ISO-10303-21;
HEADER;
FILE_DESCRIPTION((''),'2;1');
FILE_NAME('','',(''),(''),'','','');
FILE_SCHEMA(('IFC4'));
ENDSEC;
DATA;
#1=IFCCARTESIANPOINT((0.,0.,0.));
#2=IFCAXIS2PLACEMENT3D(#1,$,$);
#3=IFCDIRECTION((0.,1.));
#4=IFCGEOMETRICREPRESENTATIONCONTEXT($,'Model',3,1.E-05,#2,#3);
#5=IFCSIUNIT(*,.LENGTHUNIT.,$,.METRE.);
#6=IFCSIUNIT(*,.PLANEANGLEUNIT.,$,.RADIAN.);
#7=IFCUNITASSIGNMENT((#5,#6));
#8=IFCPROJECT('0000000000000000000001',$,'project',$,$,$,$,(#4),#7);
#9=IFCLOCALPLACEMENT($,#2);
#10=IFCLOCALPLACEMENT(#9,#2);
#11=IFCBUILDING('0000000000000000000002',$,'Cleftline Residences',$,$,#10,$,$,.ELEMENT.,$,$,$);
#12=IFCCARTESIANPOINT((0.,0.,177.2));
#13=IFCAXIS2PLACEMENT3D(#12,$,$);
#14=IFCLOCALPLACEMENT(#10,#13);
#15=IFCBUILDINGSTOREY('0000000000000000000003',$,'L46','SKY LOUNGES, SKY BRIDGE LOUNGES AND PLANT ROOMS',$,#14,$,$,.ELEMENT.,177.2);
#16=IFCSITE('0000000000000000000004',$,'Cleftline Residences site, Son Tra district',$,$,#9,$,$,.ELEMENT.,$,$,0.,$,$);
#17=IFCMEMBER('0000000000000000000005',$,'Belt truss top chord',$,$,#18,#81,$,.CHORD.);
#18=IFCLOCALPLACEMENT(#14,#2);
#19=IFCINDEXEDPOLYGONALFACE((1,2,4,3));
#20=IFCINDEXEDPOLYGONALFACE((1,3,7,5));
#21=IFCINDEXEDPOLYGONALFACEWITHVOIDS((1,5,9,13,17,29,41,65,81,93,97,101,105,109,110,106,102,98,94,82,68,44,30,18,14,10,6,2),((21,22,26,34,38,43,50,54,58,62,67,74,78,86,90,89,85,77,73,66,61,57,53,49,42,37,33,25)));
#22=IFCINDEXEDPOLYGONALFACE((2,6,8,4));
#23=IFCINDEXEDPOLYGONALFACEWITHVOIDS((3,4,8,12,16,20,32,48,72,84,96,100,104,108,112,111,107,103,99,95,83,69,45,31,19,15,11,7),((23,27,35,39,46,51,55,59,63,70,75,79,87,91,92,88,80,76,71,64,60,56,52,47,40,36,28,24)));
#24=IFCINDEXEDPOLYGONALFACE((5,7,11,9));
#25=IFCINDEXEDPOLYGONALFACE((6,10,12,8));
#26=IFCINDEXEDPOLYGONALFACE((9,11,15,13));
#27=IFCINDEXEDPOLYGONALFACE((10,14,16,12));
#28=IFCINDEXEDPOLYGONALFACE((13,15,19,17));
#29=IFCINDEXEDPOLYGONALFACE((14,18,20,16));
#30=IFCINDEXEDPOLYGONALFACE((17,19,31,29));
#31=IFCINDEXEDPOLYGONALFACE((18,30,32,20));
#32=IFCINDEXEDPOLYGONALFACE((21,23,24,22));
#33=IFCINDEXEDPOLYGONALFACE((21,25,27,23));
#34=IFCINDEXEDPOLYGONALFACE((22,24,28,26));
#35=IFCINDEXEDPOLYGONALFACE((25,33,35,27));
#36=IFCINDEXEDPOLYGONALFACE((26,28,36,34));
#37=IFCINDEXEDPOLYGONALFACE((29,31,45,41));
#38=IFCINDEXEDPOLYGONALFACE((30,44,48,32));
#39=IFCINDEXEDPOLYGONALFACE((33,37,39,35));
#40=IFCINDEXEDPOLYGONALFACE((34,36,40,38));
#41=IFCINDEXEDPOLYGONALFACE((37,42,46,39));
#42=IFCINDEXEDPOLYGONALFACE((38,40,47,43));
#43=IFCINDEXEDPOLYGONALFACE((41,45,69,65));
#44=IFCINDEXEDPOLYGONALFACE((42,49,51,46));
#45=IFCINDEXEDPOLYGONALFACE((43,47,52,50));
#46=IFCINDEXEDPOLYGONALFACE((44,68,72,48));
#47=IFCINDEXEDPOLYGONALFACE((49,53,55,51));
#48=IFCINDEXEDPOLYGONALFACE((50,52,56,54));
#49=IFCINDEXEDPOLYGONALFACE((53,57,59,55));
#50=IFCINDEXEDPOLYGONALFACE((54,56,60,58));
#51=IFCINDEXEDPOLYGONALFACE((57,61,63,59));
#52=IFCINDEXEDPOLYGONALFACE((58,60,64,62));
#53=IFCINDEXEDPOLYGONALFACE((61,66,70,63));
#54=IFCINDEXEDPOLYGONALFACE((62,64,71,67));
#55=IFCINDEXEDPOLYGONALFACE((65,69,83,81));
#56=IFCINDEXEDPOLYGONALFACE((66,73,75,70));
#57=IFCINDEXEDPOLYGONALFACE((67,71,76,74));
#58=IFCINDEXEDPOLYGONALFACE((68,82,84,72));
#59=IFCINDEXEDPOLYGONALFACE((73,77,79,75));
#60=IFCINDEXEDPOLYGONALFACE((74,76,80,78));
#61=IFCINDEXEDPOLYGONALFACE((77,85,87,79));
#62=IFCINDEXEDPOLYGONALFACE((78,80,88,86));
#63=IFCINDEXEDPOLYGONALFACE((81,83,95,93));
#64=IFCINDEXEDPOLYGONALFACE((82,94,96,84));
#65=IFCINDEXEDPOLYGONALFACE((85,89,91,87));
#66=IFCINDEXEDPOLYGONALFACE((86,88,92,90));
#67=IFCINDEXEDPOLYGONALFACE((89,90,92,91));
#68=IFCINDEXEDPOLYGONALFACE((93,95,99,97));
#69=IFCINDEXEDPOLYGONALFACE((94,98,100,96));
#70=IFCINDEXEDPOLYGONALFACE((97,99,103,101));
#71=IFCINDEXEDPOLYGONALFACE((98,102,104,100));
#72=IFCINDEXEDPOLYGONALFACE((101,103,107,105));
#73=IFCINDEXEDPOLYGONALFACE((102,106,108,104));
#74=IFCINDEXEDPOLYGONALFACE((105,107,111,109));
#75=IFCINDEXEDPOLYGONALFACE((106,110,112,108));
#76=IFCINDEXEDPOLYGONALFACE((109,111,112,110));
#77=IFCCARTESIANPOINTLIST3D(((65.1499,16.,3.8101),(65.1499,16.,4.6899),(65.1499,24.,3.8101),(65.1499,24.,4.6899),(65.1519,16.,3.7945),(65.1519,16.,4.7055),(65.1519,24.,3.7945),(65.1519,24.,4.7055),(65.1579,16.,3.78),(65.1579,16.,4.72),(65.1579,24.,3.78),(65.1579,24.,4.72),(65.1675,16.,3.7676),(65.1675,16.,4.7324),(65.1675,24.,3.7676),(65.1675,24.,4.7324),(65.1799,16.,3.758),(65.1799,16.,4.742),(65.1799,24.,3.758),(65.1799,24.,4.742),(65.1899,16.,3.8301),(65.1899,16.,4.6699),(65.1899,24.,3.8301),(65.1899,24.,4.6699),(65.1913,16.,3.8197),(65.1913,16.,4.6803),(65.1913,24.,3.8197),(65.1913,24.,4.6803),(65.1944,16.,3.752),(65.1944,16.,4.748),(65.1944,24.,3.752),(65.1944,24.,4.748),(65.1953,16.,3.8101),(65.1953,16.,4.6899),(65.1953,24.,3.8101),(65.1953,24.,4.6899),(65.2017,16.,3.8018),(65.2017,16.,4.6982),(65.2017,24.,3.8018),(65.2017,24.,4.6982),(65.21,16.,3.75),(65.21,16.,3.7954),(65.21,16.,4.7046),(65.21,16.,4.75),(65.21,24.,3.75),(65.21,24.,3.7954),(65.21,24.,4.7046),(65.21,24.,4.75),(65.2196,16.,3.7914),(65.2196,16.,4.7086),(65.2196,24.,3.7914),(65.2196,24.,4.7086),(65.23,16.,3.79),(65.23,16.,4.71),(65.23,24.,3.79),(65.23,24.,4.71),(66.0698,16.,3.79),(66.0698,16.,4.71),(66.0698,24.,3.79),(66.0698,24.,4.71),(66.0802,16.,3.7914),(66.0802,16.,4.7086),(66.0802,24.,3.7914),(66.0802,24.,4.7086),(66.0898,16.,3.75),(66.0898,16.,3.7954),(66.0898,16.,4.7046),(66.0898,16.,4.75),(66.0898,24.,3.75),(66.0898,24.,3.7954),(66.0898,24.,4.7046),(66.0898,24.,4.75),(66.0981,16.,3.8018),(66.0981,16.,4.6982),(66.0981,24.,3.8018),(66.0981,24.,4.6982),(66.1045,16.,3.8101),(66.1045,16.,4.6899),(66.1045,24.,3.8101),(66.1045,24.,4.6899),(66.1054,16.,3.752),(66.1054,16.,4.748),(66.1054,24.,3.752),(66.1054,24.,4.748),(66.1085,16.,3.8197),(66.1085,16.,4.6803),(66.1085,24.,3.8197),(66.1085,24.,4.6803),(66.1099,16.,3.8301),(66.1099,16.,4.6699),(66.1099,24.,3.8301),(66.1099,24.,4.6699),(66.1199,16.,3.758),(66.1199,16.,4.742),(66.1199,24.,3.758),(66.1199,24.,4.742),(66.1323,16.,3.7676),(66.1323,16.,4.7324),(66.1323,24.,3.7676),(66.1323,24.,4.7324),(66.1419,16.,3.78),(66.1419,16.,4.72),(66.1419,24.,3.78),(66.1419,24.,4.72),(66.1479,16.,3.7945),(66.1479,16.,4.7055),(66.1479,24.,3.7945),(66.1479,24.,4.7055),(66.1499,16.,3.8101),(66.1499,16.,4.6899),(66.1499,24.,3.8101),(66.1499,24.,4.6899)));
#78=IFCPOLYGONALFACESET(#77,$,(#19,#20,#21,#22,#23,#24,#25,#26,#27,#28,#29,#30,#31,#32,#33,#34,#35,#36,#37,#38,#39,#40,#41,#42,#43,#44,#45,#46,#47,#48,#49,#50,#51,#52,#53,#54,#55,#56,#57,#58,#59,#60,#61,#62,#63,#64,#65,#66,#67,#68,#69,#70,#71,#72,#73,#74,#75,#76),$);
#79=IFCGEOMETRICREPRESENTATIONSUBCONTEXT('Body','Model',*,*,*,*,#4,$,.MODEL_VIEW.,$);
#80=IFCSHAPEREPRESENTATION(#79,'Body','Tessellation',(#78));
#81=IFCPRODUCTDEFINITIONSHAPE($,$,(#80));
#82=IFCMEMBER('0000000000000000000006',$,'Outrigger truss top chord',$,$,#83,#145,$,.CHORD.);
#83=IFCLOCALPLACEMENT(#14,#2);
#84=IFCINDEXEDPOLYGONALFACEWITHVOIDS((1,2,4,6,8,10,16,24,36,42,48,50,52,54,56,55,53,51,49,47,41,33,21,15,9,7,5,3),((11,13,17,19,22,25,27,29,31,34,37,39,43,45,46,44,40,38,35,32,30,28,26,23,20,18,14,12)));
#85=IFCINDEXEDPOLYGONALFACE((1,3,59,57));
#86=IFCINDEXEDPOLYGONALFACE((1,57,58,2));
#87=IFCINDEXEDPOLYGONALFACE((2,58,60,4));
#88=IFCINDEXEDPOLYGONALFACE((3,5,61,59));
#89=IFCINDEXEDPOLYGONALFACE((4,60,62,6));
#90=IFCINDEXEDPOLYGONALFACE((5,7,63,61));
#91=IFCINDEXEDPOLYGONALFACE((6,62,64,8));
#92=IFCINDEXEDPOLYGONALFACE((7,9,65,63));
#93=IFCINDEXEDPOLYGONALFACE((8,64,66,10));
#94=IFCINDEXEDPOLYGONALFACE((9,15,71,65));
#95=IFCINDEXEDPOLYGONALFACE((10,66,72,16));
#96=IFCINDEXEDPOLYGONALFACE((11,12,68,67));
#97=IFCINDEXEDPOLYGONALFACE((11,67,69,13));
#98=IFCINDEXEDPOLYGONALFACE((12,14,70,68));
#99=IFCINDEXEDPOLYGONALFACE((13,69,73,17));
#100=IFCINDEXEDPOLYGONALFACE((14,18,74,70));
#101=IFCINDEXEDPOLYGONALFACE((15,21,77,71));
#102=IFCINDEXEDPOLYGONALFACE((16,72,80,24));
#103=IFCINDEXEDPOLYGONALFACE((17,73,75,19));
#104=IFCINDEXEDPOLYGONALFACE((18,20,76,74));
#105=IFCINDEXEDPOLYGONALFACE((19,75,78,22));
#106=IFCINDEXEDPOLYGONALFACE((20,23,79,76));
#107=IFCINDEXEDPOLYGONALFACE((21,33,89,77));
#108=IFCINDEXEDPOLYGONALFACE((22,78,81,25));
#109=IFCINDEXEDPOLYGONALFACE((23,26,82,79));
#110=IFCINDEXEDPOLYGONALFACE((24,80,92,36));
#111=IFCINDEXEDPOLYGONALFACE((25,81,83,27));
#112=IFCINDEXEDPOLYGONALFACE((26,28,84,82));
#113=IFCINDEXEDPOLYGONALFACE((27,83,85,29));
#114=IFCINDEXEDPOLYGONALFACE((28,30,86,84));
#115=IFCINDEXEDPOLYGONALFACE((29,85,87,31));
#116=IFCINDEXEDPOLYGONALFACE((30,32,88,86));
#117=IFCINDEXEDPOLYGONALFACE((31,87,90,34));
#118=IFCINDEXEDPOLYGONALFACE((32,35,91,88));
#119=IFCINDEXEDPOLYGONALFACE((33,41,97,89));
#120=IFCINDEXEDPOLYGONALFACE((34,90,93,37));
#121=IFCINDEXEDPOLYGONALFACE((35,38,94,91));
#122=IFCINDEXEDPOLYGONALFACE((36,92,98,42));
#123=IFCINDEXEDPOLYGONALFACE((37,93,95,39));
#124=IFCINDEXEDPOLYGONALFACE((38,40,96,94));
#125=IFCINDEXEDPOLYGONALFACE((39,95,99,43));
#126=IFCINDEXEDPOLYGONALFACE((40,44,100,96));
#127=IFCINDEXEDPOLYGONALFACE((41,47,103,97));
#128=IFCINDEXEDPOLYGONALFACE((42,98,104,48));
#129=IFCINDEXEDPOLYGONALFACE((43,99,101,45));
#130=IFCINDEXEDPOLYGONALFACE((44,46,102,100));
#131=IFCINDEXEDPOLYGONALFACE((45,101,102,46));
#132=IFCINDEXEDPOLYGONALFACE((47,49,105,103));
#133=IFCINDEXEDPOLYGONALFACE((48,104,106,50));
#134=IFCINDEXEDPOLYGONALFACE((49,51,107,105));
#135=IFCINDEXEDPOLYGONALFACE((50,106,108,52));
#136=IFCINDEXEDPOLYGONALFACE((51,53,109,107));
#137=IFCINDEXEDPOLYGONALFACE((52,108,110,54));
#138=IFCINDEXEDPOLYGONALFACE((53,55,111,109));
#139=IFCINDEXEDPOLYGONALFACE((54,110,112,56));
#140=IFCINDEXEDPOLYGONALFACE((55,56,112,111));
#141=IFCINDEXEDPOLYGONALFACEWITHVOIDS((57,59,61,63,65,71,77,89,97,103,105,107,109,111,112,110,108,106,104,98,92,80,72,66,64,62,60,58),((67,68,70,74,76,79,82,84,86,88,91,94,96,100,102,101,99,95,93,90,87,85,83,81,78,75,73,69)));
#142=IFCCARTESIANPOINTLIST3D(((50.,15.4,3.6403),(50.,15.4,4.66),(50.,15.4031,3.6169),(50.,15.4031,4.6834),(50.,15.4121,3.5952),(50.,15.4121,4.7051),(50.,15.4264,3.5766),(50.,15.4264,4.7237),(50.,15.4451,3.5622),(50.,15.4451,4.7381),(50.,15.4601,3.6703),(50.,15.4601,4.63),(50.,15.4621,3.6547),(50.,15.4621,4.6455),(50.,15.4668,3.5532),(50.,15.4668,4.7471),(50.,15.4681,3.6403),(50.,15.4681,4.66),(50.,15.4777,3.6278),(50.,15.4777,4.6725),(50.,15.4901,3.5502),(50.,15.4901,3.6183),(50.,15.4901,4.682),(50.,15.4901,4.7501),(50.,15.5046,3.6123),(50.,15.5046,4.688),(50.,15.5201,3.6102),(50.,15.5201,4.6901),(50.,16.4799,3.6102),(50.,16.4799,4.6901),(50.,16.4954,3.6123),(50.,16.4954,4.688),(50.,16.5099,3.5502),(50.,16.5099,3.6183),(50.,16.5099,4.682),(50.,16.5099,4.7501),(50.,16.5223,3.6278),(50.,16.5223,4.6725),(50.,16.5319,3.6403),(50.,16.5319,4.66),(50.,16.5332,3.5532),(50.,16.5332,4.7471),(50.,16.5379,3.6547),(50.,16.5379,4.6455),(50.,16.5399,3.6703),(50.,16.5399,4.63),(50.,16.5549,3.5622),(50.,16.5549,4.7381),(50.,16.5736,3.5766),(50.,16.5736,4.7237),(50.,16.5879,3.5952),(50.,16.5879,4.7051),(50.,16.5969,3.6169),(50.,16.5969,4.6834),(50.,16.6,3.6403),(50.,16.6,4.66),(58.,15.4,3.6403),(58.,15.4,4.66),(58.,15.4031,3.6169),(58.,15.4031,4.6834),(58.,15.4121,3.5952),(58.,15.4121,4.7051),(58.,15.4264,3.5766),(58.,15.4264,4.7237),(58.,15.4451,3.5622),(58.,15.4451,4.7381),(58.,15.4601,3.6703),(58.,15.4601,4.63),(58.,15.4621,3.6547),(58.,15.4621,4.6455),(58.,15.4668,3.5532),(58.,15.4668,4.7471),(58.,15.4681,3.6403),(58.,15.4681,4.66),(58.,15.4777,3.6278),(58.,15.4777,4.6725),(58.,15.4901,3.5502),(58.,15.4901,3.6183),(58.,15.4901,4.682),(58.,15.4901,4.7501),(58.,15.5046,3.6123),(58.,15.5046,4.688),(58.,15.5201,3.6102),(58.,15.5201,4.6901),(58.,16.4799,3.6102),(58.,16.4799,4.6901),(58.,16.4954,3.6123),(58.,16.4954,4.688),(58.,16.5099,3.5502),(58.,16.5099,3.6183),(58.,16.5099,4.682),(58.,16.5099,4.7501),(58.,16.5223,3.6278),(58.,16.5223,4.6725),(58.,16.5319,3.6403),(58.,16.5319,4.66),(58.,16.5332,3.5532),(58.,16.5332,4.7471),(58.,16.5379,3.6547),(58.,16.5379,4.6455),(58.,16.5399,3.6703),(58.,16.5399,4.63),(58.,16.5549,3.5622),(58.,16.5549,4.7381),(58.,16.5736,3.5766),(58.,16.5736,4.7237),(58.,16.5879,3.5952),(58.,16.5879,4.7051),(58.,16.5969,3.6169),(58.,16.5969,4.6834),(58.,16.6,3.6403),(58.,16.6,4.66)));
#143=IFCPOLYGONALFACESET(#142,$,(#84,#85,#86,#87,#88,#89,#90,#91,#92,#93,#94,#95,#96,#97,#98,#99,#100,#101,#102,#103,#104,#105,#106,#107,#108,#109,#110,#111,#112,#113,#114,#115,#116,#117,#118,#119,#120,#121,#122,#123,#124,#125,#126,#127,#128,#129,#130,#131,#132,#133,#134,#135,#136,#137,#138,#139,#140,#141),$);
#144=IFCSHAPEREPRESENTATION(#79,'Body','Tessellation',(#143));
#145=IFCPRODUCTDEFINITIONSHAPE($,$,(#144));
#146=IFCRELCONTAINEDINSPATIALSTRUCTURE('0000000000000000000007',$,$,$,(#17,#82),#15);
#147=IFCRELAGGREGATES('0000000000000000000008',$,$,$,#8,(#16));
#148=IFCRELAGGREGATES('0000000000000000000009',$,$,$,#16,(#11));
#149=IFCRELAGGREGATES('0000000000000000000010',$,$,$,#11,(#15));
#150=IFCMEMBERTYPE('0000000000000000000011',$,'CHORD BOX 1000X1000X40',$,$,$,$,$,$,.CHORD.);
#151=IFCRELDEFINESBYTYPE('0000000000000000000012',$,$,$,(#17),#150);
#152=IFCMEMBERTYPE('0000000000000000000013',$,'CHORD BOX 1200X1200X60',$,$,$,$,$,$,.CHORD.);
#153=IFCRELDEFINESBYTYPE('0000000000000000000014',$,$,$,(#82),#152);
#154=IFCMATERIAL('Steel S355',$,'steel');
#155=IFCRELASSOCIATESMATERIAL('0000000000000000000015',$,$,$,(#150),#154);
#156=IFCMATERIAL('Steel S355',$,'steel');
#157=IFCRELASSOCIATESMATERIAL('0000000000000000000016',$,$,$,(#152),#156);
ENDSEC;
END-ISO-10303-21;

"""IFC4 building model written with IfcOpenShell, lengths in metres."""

from ifc_helpers import new_model, si_unit, direction, frame, origin, origin_2d, place, context, subcontext, project, spatial, hollow_rectangle, extrude, material, material_profile, profile_set, type_object, element, save


model = new_model("IFC4")

# Units and contexts
model_context = context("Model", 3, precision=1e-05, world=origin(), true_north=direction((0.0, 1.0)))
body_context = subcontext(model_context, "Body", "Model", "MODEL_VIEW")
ifc_project = project(units=[si_unit("LENGTHUNIT", "METRE"), si_unit("PLANEANGLEUNIT", "RADIAN")], contexts=[model_context])

# Site, building, storey
site_placement = place(None, origin())
site = spatial("IfcSite", under=ifc_project, at=site_placement, Name="Cleftline Residences site, Son Tra district", CompositionType="ELEMENT", RefElevation=0.0)
building_placement = place(site_placement, origin())
building = spatial("IfcBuilding", under=site, at=building_placement, Name="Cleftline Residences", CompositionType="ELEMENT")
storey_placement = place(building_placement, frame((0.0, 0.0, 177.2)))
storey = spatial("IfcBuildingStorey", under=building, at=storey_placement, Name="L46", Description="SKY LOUNGES, SKY BRIDGE LOUNGES AND PLANT ROOMS", CompositionType="ELEMENT", Elevation=177.2)

# Members
ifc_material_1 = material(Name="Steel S355", Category="steel")
ifc_material_profile_1 = material_profile(ifc_material_1, hollow_rectangle(XDim=1.0, YDim=1.0, WallThickness=0.04, InnerFilletRadius=0.04, OuterFilletRadius=0.0601, at=origin_2d()))
ifc_profile_set_1 = profile_set([ifc_material_profile_1], Name="Steel S355")
member_type_1 = type_object("IfcMemberType", Name="CHORD BOX 1000X1000X40", PredefinedType="CHORD", material=ifc_profile_set_1)
for number, where, z_axis, x_axis, name in (
    (1, (65.6499, 16.0, 4.25), (0.0, 1.0, 0.0), (-1.0, 0.0, 0.0), "Belt truss top chord"),
):
    element("IfcMember", number, at=place(storey_placement, frame(where, z_axis=z_axis, x_axis=x_axis)), inside=storey, type_object=member_type_1, Name=name, PredefinedType="CHORD", context=body_context, shape_type="SweptSolid", body=[
        extrude(hollow_rectangle(XDim=1.0, YDim=1.0, WallThickness=0.04, InnerFilletRadius=0.04, OuterFilletRadius=0.0601, at=origin_2d()), origin(), (0.0, 0.0, 1.0), 8.0),
    ])
ifc_material_2 = material(Name="Steel S355", Category="steel")
ifc_material_profile_2 = material_profile(ifc_material_2, hollow_rectangle(XDim=1.2, YDim=1.2, WallThickness=0.0601, InnerFilletRadius=0.0601, OuterFilletRadius=0.0901, at=origin_2d()))
ifc_profile_set_2 = profile_set([ifc_material_profile_2], Name="Steel S355")
member_type_2 = type_object("IfcMemberType", Name="CHORD BOX 1200X1200X60", PredefinedType="CHORD", material=ifc_profile_set_2)
member_1_placement = place(storey_placement, frame((50.0, 16.0, 4.1501), z_axis=(1.0, 0.0, 0.0), x_axis=(0.0, 1.0, 0.0)))
element("IfcMember", 2, at=member_1_placement, inside=storey, type_object=member_type_2, Name="Outrigger truss top chord", PredefinedType="CHORD", context=body_context, shape_type="SweptSolid", body=[
    extrude(hollow_rectangle(XDim=1.2, YDim=1.2, WallThickness=0.0601, InnerFilletRadius=0.0601, OuterFilletRadius=0.0901, at=origin_2d()), origin(), (0.0, 0.0, 1.0), 8.0),
])

save(model, "model.ifc")
